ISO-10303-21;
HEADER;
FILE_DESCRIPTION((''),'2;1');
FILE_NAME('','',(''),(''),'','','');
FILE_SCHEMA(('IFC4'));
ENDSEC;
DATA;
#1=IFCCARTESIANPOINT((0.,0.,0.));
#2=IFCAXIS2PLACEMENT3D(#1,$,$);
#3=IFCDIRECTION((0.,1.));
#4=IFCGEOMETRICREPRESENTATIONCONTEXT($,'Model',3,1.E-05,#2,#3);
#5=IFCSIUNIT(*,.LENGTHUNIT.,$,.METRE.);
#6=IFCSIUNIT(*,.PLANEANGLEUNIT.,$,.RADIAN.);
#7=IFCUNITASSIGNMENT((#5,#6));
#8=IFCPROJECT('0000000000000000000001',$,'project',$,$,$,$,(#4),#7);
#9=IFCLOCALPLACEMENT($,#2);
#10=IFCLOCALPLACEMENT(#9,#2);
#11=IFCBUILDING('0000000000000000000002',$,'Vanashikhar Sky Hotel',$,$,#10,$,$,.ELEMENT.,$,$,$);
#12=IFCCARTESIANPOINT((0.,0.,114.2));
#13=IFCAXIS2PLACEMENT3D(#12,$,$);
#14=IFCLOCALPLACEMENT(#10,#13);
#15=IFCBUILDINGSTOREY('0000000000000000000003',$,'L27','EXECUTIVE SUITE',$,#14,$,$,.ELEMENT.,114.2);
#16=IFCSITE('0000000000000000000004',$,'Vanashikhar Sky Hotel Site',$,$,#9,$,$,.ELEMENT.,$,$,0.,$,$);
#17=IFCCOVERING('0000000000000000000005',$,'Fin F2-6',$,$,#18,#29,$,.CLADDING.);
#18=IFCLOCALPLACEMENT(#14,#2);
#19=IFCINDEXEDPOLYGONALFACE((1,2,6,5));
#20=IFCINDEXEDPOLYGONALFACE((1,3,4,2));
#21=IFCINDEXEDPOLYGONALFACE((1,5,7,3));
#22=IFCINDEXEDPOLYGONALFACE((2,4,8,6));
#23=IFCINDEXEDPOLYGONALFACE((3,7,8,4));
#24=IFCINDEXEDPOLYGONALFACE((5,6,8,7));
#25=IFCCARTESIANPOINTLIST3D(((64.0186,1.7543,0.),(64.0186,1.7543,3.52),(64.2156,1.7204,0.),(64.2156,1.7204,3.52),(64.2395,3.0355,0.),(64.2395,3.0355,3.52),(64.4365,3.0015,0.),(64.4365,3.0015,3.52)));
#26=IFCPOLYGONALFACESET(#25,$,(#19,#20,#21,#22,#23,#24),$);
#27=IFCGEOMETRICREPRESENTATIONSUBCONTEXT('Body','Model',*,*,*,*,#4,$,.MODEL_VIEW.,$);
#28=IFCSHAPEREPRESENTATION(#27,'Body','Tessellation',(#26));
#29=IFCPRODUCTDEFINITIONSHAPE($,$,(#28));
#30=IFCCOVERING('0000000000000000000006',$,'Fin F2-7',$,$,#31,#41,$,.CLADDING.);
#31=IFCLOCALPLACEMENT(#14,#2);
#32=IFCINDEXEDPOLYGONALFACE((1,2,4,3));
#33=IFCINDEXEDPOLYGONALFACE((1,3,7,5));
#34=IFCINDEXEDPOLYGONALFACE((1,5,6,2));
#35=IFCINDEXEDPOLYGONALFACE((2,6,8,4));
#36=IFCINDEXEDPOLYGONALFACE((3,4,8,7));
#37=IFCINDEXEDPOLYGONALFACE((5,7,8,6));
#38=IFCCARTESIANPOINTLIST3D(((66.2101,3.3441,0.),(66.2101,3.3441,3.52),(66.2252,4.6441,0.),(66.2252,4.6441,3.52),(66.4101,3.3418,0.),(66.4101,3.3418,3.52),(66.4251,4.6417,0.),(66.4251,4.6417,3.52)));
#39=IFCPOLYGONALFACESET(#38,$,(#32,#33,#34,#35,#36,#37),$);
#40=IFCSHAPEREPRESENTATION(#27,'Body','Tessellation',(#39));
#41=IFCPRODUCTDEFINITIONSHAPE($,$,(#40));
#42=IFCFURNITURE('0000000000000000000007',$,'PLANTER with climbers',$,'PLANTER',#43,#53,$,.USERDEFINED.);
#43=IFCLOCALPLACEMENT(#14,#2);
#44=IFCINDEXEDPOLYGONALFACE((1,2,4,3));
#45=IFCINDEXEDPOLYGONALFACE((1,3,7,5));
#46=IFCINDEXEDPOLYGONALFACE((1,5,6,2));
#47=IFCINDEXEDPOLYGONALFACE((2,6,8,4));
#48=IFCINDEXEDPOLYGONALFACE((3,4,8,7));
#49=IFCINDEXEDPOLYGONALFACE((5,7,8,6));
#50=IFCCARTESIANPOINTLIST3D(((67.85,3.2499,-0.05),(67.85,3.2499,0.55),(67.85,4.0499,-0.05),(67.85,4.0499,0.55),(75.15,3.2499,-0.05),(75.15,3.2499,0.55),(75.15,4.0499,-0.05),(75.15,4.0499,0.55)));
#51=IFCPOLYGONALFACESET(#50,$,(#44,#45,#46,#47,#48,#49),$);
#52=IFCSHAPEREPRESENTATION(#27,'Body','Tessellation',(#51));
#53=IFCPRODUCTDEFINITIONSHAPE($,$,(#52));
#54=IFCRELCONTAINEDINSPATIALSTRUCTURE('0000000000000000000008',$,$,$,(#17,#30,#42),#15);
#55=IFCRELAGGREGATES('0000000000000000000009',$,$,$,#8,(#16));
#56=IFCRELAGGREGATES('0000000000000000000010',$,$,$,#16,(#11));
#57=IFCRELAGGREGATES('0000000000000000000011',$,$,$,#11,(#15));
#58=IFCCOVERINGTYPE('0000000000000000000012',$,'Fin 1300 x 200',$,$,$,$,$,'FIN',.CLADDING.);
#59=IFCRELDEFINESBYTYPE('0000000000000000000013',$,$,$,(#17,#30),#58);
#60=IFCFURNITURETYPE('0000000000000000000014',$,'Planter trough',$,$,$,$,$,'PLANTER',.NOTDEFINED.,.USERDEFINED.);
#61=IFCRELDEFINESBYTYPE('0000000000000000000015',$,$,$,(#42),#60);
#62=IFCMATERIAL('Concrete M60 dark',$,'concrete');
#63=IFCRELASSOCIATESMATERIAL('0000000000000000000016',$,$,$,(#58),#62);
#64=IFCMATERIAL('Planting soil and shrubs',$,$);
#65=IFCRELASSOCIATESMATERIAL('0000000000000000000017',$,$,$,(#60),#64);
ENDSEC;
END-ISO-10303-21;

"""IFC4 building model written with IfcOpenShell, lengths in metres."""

from ifc_helpers import new_model, si_unit, direction, frame, origin, origin_2d, place, context, subcontext, project, spatial, rectangle, extrude, source, transform, mapped, material, material_profile, profile_set, type_object, element, save


model = new_model("IFC4")

# Units and contexts
model_context = context("Model", 3, precision=1e-05, world=origin(), true_north=direction((0.0, 1.0)))
body_context = subcontext(model_context, "Body", "Model", "MODEL_VIEW")
ifc_project = project(units=[si_unit("LENGTHUNIT", "METRE"), si_unit("PLANEANGLEUNIT", "RADIAN")], contexts=[model_context])

# Site, building, storey
site_placement = place(None, origin())
site = spatial("IfcSite", under=ifc_project, at=site_placement, Name="Vanashikhar Sky Hotel Site", CompositionType="ELEMENT", RefElevation=0.0)
building_placement = place(site_placement, origin())
building = spatial("IfcBuilding", under=site, at=building_placement, Name="Vanashikhar Sky Hotel", CompositionType="ELEMENT")
storey_placement = place(building_placement, frame((0.0, 0.0, 114.2)))
storey = spatial("IfcBuildingStorey", under=building, at=storey_placement, Name="L27", Description="EXECUTIVE SUITE", CompositionType="ELEMENT", Elevation=114.2)

# Coverings
ifc_material_1 = material(Name="Concrete M60 dark", Category="concrete")
ifc_material_profile = material_profile(ifc_material_1, rectangle(XDim=1.3, YDim=0.2, at=origin_2d()))
ifc_profile_set = profile_set([ifc_material_profile], Name="Fin 1300 x 200")
covering_type_1 = type_object("IfcCoveringType", Name="Fin 1300 x 200", ElementType="FIN", PredefinedType="CLADDING", material=ifc_profile_set)
shared_shape_1 = source(origin(), body_context, "Body", "SweptSolid", [
    extrude(rectangle(XDim=1.3, YDim=0.2, at=origin_2d()), origin(), (0.0, 0.0, 1.0), 3.52),
])
for number, where, z_axis, x_axis, name in (
    (1, (64.2275, 2.3779, 0.0), (0.0, 0.0, 1.0), (-0.1699, -0.985461, 0.0), "Fin F2-6"),
    (2, (66.3176, 3.9929, 0.0), (0.0, 0.0, 1.0), (-0.011589, -0.999933, 0.0), "Fin F2-7"),
):
    element("IfcCovering", number, at=place(storey_placement, frame(where, z_axis=z_axis, x_axis=x_axis)), inside=storey, type_object=covering_type_1, Name=name, PredefinedType="CLADDING", context=body_context, shape_type="MappedRepresentation", body=[
        mapped(shared_shape_1, transform((0.0, 0.0, 0.0), scale=1.0)),
    ])

# Furniture
ifc_material_2 = material(Name="Planting soil and shrubs")
furniture_type = type_object("IfcFurnitureType", Name="Planter trough", ElementType="PLANTER", AssemblyPlace="NOTDEFINED", PredefinedType="USERDEFINED", material=ifc_material_2)
shared_shape_2 = source(origin(), body_context, "Body", "SweptSolid", [
    extrude(rectangle(XDim=7.3, YDim=0.8, at=origin_2d()), origin(), (0.0, 0.0, 1.0), 0.6001),
])
furniture_placement = place(storey_placement, frame((71.5, 3.6499, -0.05), z_axis=(0.0, 0.0, 1.0), x_axis=(1.0, 0.0, 0.0)))
element("IfcFurniture", 3, at=furniture_placement, inside=storey, type_object=furniture_type, Name="PLANTER with climbers", ObjectType="PLANTER", PredefinedType="USERDEFINED", context=body_context, shape_type="MappedRepresentation", body=[
    mapped(shared_shape_2, transform((0.0, 0.0, 0.0), scale=1.0)),
])

save(model, "model.ifc")
